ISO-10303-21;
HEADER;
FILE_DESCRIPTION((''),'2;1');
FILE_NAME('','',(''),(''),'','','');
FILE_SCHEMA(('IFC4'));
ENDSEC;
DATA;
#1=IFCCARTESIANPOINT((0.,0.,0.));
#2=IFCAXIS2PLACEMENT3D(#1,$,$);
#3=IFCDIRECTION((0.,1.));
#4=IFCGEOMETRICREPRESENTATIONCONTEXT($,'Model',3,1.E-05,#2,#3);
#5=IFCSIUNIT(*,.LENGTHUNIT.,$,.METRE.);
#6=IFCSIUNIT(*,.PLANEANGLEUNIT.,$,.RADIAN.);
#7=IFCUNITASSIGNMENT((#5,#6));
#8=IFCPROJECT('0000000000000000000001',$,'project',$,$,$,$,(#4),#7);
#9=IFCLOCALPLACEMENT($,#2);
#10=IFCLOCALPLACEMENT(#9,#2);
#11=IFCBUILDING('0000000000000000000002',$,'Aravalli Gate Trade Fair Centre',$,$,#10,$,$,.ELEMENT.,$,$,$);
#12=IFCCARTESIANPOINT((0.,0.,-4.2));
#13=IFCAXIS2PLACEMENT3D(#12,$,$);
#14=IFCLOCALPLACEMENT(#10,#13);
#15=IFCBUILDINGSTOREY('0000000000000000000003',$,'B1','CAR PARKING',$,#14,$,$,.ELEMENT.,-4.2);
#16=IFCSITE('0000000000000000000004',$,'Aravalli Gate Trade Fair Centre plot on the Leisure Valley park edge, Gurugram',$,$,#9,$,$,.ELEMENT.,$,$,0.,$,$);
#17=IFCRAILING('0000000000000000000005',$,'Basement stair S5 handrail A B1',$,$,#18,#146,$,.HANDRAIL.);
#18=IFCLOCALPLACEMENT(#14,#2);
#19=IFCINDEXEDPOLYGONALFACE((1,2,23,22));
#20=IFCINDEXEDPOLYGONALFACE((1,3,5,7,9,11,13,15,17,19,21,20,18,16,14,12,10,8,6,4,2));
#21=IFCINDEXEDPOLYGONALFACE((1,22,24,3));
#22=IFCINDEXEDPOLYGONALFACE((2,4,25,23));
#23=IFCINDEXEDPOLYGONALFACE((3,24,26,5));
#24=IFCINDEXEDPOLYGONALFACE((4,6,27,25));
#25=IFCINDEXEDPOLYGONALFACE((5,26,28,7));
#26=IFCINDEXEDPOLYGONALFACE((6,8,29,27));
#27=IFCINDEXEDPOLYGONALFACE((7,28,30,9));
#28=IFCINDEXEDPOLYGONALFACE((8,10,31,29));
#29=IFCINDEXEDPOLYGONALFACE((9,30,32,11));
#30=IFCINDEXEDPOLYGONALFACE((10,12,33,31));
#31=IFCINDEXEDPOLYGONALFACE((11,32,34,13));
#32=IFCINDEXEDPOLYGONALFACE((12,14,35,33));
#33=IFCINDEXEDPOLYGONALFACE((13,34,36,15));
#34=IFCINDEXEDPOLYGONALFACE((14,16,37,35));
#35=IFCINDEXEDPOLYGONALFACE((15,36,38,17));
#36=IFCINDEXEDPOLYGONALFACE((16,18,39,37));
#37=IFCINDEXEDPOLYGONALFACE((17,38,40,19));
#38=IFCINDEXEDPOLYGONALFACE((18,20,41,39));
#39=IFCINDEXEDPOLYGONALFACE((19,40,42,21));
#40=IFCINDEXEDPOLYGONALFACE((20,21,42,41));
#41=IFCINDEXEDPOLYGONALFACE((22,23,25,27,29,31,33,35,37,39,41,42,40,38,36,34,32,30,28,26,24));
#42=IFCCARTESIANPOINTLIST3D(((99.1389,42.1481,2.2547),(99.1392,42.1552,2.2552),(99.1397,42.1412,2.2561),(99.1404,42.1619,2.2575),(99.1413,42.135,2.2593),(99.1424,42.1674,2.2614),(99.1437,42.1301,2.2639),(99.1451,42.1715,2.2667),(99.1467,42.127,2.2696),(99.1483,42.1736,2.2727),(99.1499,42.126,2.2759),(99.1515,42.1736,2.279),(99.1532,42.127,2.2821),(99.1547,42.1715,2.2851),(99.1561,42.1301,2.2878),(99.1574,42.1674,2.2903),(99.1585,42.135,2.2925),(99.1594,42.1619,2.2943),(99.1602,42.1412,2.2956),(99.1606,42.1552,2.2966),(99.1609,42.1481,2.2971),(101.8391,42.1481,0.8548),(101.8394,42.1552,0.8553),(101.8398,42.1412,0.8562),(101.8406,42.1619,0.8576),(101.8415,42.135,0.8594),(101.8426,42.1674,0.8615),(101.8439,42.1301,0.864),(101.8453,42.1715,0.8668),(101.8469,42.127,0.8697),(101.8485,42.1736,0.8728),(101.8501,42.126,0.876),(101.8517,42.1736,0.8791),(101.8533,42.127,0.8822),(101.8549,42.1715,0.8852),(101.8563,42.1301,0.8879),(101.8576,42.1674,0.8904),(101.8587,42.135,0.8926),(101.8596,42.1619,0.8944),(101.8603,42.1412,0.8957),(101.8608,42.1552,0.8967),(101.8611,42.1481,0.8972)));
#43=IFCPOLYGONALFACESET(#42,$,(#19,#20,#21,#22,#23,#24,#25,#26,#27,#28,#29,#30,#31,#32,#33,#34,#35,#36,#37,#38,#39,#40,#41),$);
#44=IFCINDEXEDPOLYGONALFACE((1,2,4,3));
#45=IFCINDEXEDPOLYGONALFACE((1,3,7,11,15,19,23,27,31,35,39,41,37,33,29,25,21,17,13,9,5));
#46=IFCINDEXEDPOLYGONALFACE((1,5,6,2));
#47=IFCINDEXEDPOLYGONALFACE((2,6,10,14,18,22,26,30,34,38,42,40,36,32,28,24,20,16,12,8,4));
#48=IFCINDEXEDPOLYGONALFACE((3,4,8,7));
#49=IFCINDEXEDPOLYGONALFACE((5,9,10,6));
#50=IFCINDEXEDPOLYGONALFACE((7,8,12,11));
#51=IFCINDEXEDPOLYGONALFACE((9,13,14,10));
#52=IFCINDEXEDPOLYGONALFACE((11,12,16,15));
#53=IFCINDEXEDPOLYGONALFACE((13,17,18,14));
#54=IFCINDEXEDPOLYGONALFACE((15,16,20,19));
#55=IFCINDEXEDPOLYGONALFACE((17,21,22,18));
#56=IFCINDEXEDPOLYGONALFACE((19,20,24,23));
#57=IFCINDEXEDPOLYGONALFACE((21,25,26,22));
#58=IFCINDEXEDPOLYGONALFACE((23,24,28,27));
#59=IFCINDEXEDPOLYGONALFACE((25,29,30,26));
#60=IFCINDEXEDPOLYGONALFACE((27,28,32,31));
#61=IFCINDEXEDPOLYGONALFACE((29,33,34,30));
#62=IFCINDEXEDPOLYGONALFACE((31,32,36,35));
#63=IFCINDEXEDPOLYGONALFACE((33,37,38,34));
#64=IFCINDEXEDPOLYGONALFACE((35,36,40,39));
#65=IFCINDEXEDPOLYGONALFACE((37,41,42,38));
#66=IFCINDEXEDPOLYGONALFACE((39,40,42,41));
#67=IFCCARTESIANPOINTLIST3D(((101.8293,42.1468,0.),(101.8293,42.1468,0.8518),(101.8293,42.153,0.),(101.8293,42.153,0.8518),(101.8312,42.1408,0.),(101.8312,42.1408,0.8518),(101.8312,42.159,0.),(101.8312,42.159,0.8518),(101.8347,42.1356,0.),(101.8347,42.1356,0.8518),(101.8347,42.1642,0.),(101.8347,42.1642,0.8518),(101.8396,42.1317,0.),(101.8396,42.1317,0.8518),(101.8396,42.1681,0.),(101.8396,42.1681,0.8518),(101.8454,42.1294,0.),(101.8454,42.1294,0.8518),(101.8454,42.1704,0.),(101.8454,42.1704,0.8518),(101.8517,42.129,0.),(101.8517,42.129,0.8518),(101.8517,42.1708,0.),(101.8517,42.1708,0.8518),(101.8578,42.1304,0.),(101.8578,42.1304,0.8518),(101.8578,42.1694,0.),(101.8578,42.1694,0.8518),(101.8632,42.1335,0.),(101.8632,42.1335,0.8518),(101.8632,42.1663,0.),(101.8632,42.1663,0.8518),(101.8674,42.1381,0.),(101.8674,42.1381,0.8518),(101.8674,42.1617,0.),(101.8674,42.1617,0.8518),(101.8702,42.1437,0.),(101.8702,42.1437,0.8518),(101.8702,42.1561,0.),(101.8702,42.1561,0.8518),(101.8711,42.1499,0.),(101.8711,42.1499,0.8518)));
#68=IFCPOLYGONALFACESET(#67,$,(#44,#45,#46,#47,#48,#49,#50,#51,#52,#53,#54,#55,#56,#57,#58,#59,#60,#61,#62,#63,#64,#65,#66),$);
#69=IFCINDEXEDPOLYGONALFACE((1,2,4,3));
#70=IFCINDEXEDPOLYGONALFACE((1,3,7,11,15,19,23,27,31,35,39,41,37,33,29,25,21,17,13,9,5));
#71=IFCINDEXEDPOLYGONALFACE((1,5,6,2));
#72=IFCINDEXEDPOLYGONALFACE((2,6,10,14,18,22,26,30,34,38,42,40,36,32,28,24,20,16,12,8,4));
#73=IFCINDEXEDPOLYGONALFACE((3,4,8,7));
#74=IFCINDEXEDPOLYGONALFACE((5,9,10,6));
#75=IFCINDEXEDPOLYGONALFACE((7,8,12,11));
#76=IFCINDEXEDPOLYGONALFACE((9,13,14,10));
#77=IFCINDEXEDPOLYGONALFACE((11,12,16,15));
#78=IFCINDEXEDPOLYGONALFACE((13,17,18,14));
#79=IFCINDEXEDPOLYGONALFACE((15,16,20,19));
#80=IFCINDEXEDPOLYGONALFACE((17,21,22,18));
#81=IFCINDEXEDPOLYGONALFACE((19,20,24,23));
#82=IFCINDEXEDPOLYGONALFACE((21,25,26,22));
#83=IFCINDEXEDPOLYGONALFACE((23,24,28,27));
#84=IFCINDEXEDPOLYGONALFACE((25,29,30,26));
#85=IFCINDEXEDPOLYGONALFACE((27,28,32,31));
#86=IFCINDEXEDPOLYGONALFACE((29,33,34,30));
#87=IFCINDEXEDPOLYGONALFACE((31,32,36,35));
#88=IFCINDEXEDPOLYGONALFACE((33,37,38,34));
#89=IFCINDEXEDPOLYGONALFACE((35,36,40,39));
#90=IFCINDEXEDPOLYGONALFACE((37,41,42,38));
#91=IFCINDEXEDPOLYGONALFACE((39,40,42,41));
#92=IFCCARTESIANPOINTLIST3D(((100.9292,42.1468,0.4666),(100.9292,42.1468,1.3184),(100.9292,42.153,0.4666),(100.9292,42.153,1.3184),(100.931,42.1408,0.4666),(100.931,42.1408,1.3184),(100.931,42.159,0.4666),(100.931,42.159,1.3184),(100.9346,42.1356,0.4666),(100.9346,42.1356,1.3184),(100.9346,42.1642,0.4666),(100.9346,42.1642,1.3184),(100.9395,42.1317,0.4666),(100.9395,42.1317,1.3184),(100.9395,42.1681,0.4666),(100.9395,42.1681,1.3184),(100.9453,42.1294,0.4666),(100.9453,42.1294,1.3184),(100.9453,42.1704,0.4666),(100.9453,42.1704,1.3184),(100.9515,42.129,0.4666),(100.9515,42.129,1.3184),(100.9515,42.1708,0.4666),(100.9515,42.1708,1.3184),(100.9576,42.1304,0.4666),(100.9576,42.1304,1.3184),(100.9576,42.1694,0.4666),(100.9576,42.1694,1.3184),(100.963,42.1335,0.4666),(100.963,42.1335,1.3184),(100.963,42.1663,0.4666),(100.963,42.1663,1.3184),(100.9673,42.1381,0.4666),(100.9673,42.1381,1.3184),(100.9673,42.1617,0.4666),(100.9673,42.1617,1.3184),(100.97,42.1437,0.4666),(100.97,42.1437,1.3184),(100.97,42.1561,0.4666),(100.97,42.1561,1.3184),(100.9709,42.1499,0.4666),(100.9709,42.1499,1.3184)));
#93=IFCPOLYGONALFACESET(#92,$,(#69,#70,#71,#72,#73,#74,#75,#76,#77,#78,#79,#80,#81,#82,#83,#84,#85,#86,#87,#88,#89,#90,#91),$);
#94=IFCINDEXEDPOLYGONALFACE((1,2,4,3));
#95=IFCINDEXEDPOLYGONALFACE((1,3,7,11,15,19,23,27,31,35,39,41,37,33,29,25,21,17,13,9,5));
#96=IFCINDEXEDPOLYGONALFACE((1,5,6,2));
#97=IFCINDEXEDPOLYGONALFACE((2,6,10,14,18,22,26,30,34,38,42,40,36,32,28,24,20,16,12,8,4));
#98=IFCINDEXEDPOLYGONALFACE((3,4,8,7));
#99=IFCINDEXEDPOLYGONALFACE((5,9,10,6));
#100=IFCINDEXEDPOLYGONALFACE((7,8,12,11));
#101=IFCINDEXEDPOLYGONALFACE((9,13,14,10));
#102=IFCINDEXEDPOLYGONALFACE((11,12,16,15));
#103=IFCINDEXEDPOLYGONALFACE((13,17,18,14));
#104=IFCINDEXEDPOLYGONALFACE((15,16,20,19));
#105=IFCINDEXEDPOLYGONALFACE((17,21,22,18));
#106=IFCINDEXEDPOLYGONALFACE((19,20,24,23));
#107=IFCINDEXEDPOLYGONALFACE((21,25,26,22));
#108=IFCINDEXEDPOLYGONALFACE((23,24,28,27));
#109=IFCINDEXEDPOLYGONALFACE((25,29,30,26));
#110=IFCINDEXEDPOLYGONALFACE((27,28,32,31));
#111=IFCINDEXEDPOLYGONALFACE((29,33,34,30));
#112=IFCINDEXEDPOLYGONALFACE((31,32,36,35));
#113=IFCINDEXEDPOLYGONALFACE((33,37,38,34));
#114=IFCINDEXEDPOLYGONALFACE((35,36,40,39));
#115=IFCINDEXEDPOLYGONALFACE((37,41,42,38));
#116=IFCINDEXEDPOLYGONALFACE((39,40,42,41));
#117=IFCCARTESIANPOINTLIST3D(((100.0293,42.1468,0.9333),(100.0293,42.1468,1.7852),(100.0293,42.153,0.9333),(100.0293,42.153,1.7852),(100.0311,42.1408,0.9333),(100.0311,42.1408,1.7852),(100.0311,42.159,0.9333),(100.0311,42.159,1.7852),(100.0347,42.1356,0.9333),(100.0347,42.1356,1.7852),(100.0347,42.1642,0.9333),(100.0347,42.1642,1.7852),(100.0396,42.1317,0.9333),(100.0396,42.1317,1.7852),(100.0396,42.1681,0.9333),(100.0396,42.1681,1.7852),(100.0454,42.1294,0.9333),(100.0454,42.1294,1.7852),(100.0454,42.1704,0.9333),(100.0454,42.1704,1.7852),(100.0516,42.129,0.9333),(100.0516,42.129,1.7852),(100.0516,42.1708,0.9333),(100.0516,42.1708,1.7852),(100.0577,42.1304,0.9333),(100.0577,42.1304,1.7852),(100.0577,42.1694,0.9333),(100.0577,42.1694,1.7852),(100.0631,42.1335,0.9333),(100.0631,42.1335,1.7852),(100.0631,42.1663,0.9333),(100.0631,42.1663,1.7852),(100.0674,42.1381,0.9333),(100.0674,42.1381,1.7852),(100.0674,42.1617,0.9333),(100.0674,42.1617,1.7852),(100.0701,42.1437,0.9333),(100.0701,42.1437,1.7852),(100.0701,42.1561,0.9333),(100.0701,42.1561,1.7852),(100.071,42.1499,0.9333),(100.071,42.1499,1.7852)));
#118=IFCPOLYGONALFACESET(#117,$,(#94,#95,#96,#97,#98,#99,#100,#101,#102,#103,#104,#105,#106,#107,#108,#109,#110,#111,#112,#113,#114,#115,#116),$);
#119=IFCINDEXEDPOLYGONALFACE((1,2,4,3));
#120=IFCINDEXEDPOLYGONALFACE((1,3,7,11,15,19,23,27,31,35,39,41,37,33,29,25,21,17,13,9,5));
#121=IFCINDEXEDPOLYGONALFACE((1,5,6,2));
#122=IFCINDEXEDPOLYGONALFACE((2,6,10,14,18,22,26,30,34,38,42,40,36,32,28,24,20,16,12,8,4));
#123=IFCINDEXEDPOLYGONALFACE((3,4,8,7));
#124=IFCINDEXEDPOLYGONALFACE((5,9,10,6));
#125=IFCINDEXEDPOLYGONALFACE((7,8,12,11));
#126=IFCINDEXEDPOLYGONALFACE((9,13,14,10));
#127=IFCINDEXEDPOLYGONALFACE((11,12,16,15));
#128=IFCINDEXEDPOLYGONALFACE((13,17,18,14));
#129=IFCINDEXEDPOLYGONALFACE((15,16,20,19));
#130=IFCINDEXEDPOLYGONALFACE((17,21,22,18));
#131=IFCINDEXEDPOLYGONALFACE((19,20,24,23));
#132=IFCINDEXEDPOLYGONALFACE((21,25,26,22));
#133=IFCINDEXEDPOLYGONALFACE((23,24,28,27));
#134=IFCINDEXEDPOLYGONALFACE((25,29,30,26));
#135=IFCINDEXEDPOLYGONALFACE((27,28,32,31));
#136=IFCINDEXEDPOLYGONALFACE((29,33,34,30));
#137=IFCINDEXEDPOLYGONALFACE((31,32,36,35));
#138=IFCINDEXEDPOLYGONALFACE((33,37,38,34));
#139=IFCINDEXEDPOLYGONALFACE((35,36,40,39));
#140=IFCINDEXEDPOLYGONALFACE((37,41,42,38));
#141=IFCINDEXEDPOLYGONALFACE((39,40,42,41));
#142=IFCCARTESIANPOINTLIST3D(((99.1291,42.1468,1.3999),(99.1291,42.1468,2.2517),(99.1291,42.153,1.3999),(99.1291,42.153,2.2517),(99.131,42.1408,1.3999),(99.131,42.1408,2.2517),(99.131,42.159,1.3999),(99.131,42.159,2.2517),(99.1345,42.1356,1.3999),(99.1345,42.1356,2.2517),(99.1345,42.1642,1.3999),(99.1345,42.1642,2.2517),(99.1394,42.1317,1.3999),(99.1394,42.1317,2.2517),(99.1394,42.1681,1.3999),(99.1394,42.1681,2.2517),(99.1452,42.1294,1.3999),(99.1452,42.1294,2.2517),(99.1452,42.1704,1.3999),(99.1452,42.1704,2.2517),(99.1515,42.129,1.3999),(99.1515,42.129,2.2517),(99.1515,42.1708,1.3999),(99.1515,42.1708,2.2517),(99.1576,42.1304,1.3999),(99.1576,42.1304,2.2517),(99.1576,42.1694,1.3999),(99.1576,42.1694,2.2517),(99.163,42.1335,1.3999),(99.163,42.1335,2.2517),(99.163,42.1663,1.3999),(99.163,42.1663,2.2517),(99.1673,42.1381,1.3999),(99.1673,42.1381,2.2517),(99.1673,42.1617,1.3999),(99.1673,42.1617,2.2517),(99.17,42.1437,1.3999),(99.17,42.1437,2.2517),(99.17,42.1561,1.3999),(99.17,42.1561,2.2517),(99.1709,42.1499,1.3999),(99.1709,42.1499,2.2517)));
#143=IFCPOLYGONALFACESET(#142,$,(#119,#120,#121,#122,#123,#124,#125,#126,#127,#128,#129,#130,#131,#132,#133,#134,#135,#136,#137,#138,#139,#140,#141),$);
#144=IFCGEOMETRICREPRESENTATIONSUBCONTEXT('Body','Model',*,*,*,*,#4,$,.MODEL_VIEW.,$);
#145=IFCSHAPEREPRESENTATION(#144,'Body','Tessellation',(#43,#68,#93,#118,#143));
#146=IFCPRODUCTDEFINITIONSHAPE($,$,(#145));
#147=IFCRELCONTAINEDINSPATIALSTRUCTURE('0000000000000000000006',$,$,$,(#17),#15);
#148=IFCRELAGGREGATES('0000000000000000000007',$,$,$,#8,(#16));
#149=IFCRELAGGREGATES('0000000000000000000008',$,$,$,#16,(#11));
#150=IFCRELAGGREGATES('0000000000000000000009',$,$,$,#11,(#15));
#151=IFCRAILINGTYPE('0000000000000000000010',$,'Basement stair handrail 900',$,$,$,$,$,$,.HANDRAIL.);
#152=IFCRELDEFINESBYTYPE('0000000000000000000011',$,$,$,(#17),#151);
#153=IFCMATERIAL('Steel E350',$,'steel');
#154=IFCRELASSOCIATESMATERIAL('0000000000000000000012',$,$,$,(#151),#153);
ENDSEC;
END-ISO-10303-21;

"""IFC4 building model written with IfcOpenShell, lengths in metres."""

from ifc_helpers import new_model, si_unit, direction, frame, origin, origin_2d, place, context, subcontext, project, spatial, circle, extrude, material, type_object, element, save


model = new_model("IFC4")

# Units and contexts
model_context = context("Model", 3, precision=1e-05, world=origin(), true_north=direction((0.0, 1.0)))
body_context = subcontext(model_context, "Body", "Model", "MODEL_VIEW")
ifc_project = project(units=[si_unit("LENGTHUNIT", "METRE"), si_unit("PLANEANGLEUNIT", "RADIAN")], contexts=[model_context])

# Site, building, storey
site_placement = place(None, origin())
site = spatial("IfcSite", under=ifc_project, at=site_placement, Name="Aravalli Gate Trade Fair Centre plot on the Leisure Valley park edge, Gurugram", CompositionType="ELEMENT", RefElevation=0.0)
building_placement = place(site_placement, origin())
building = spatial("IfcBuilding", under=site, at=building_placement, Name="Aravalli Gate Trade Fair Centre", CompositionType="ELEMENT")
storey_placement = place(building_placement, frame((0.0, 0.0, -4.2)))
storey = spatial("IfcBuildingStorey", under=building, at=storey_placement, Name="B1", Description="CAR PARKING", CompositionType="ELEMENT", Elevation=-4.2)

# Railing
ifc_material_1 = material(Name="Steel E350", Category="steel")
railing_type_1 = type_object("IfcRailingType", Name="Basement stair handrail 900", PredefinedType="HANDRAIL", material=ifc_material_1)
for number, where, name in (
    (1, (101.8501, 42.1499, 0.0), "Basement stair S5 handrail A B1"),
):
    element("IfcRailing", number, at=place(storey_placement, frame(where)), inside=storey, type_object=railing_type_1, Name=name, PredefinedType="HANDRAIL", context=body_context, shape_type="SweptSolid", body=[
        extrude(circle(Radius=0.0239, at=origin_2d()), frame((0.0, 0.0, 0.876), z_axis=(-0.887781, 0.0, 0.460266), x_axis=(0.0, -1.0, 0.0)), (0.0, 0.0, 1.0), 3.0415),
        extrude(circle(Radius=0.021, at=origin_2d()), origin(), (0.0, 0.0, 1.0), 0.8518),
        extrude(circle(Radius=0.021, at=origin_2d()), frame((-0.9001, 0.0, 0.4666)), (0.0, 0.0, 1.0), 0.8518),
        extrude(circle(Radius=0.021, at=origin_2d()), frame((-1.8, 0.0, 0.9333)), (0.0, 0.0, 1.0), 0.8518),
        extrude(circle(Radius=0.021, at=origin_2d()), frame((-2.7002, 0.0, 1.3999)), (0.0, 0.0, 1.0), 0.8518),
    ])

save(model, "model.ifc")
